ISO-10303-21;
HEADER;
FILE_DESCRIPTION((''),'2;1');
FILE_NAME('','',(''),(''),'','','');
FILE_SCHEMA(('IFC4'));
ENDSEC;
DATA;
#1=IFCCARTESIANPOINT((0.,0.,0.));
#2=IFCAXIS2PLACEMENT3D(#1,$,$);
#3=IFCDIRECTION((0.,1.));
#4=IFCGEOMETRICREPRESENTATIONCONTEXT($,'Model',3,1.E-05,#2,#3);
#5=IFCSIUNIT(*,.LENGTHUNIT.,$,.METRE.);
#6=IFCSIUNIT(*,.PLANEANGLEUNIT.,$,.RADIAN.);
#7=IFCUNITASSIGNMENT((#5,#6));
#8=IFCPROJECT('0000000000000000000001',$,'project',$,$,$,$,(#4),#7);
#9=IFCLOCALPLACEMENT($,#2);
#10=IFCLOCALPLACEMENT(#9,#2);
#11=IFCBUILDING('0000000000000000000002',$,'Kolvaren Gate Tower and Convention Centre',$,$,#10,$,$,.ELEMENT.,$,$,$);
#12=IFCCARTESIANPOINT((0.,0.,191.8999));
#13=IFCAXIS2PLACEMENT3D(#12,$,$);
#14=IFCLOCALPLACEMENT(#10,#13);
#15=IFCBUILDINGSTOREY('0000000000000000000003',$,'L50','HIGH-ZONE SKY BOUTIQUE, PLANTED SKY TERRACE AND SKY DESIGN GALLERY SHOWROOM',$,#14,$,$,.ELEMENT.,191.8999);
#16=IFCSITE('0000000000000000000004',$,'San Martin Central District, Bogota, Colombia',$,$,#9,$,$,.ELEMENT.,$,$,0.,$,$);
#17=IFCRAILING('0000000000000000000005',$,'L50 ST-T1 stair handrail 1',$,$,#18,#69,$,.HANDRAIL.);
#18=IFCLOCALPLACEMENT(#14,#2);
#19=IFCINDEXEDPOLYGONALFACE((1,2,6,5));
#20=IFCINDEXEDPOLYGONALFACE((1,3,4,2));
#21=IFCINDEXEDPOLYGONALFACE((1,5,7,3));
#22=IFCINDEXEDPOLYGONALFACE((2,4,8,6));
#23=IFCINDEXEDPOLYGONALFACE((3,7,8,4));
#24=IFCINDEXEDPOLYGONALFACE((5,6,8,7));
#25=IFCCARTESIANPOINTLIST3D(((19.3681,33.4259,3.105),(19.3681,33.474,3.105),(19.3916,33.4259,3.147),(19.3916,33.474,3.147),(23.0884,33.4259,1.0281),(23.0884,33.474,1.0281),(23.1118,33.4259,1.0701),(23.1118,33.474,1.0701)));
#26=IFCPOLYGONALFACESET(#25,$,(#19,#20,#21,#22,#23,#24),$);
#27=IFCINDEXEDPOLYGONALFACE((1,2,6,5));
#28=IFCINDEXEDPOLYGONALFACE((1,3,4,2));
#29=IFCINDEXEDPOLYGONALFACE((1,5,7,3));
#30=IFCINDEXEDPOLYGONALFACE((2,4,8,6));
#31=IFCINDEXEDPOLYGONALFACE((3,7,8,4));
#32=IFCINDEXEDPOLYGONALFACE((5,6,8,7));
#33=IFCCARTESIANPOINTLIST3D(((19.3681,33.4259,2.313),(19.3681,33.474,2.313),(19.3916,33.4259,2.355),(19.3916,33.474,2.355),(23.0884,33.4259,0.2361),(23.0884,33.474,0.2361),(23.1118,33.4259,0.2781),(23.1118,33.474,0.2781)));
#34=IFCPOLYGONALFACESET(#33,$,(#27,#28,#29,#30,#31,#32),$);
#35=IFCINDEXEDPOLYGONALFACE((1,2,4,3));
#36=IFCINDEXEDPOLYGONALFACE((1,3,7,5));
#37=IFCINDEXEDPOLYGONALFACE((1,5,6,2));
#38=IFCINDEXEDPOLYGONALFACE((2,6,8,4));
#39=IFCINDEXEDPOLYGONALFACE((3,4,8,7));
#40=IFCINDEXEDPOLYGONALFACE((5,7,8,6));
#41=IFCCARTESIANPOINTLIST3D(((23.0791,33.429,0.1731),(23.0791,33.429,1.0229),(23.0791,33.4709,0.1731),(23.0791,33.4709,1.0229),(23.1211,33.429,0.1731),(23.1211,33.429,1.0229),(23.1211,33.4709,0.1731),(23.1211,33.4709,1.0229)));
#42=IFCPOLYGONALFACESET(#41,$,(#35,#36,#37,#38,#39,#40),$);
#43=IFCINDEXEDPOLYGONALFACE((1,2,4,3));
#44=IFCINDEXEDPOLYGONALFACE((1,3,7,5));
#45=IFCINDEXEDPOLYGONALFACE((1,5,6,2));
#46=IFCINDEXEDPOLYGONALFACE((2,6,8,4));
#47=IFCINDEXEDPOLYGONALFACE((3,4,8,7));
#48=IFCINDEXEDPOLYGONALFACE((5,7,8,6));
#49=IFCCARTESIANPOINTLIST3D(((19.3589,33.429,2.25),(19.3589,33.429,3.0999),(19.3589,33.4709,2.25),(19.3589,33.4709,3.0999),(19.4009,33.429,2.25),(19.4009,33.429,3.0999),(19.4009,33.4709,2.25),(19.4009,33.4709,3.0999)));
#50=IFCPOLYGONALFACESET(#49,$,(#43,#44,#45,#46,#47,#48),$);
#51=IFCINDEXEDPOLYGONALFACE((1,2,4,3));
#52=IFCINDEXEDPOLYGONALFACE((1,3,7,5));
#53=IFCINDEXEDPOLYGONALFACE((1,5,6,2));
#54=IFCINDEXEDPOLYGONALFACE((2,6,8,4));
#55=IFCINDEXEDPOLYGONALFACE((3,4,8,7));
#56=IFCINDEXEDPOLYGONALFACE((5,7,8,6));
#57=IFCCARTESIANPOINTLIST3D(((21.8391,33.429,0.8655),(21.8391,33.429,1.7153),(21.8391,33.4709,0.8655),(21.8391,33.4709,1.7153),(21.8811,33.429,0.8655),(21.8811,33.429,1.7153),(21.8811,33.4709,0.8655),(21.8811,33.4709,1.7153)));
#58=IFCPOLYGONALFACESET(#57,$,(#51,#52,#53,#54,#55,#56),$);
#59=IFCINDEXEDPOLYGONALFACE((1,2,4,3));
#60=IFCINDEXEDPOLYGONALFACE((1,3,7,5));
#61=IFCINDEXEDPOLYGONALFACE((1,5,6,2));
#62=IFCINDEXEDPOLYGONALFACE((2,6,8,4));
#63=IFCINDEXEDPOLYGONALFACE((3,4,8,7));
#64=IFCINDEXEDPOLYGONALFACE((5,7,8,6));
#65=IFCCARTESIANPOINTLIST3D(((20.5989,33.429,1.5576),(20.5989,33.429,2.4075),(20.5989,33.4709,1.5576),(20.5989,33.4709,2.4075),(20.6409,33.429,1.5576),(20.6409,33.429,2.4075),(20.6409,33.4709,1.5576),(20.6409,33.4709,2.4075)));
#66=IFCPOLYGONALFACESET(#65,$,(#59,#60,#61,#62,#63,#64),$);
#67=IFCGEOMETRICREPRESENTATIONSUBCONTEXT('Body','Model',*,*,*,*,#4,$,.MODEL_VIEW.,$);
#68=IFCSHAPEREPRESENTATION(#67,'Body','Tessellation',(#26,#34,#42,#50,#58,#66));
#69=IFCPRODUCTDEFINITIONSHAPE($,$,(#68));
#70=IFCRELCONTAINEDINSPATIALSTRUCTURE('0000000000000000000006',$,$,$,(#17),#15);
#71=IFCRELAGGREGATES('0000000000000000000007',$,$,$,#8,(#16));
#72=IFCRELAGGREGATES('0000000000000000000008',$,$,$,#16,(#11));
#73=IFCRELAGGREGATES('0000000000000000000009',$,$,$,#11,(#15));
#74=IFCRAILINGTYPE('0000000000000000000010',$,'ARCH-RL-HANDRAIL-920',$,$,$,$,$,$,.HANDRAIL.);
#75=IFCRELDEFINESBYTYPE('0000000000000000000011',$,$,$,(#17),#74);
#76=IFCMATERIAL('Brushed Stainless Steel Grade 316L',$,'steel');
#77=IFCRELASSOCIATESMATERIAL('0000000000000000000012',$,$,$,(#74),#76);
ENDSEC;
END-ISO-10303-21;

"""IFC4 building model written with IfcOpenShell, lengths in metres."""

from ifc_helpers import new_model, si_unit, direction, frame, origin, origin_2d, place, context, subcontext, project, spatial, rectangle, extrude, material, type_object, element, save


model = new_model("IFC4")

# Units and contexts
model_context = context("Model", 3, precision=1e-05, world=origin(), true_north=direction((0.0, 1.0)))
body_context = subcontext(model_context, "Body", "Model", "MODEL_VIEW")
ifc_project = project(units=[si_unit("LENGTHUNIT", "METRE"), si_unit("PLANEANGLEUNIT", "RADIAN")], contexts=[model_context])

# Site, building, storey
site_placement = place(None, origin())
site = spatial("IfcSite", under=ifc_project, at=site_placement, Name="San Martin Central District, Bogota, Colombia", CompositionType="ELEMENT", RefElevation=0.0)
building_placement = place(site_placement, origin())
building = spatial("IfcBuilding", under=site, at=building_placement, Name="Kolvaren Gate Tower and Convention Centre", CompositionType="ELEMENT")
storey_placement = place(building_placement, frame((0.0, 0.0, 191.8999)))
storey = spatial("IfcBuildingStorey", under=building, at=storey_placement, Name="L50", Description="HIGH-ZONE SKY BOUTIQUE, PLANTED SKY TERRACE AND SKY DESIGN GALLERY SHOWROOM", CompositionType="ELEMENT", Elevation=191.8999)

# Shared definitions
ifc_material_1 = material(Name="Brushed Stainless Steel Grade 316L", Category="steel")

# Railing
railing_type_1 = type_object("IfcRailingType", Name="ARCH-RL-HANDRAIL-920", PredefinedType="HANDRAIL", material=ifc_material_1)
railing_1_placement = place(storey_placement, frame((23.1001, 33.45, 0.1731)))
element("IfcRailing", 1, at=railing_1_placement, inside=storey, type_object=railing_type_1, Name="L50 ST-T1 stair handrail 1", PredefinedType="HANDRAIL", context=body_context, shape_type="SweptSolid", body=[
    extrude(rectangle(XDim=0.0481, YDim=0.0481, at=origin_2d()), frame((0.0, 0.0, 0.876), z_axis=(-0.873147, 0.0, 0.487457), x_axis=(0.0, -1.0, 0.0)), (0.0, 0.0, 1.0), 4.2607),
    extrude(rectangle(XDim=0.0481, YDim=0.0481, at=origin_2d()), frame((0.0, 0.0, 0.084), z_axis=(-0.873147, 0.0, 0.487457), x_axis=(0.0, -1.0, 0.0)), (0.0, 0.0, 1.0), 4.2607),
    extrude(rectangle(XDim=0.042, YDim=0.042, at=origin_2d()), origin(), (0.0, 0.0, 1.0), 0.8499),
    extrude(rectangle(XDim=0.042, YDim=0.042, at=origin_2d()), frame((-3.7202, 0.0, 2.0769)), (0.0, 0.0, 1.0), 0.8499),
    extrude(rectangle(XDim=0.042, YDim=0.042, at=origin_2d()), frame((-1.24, 0.0, 0.6924)), (0.0, 0.0, 1.0), 0.8499),
    extrude(rectangle(XDim=0.042, YDim=0.042, at=origin_2d()), frame((-2.4802, 0.0, 1.3845)), (0.0, 0.0, 1.0), 0.8499),
])

save(model, "model.ifc")
